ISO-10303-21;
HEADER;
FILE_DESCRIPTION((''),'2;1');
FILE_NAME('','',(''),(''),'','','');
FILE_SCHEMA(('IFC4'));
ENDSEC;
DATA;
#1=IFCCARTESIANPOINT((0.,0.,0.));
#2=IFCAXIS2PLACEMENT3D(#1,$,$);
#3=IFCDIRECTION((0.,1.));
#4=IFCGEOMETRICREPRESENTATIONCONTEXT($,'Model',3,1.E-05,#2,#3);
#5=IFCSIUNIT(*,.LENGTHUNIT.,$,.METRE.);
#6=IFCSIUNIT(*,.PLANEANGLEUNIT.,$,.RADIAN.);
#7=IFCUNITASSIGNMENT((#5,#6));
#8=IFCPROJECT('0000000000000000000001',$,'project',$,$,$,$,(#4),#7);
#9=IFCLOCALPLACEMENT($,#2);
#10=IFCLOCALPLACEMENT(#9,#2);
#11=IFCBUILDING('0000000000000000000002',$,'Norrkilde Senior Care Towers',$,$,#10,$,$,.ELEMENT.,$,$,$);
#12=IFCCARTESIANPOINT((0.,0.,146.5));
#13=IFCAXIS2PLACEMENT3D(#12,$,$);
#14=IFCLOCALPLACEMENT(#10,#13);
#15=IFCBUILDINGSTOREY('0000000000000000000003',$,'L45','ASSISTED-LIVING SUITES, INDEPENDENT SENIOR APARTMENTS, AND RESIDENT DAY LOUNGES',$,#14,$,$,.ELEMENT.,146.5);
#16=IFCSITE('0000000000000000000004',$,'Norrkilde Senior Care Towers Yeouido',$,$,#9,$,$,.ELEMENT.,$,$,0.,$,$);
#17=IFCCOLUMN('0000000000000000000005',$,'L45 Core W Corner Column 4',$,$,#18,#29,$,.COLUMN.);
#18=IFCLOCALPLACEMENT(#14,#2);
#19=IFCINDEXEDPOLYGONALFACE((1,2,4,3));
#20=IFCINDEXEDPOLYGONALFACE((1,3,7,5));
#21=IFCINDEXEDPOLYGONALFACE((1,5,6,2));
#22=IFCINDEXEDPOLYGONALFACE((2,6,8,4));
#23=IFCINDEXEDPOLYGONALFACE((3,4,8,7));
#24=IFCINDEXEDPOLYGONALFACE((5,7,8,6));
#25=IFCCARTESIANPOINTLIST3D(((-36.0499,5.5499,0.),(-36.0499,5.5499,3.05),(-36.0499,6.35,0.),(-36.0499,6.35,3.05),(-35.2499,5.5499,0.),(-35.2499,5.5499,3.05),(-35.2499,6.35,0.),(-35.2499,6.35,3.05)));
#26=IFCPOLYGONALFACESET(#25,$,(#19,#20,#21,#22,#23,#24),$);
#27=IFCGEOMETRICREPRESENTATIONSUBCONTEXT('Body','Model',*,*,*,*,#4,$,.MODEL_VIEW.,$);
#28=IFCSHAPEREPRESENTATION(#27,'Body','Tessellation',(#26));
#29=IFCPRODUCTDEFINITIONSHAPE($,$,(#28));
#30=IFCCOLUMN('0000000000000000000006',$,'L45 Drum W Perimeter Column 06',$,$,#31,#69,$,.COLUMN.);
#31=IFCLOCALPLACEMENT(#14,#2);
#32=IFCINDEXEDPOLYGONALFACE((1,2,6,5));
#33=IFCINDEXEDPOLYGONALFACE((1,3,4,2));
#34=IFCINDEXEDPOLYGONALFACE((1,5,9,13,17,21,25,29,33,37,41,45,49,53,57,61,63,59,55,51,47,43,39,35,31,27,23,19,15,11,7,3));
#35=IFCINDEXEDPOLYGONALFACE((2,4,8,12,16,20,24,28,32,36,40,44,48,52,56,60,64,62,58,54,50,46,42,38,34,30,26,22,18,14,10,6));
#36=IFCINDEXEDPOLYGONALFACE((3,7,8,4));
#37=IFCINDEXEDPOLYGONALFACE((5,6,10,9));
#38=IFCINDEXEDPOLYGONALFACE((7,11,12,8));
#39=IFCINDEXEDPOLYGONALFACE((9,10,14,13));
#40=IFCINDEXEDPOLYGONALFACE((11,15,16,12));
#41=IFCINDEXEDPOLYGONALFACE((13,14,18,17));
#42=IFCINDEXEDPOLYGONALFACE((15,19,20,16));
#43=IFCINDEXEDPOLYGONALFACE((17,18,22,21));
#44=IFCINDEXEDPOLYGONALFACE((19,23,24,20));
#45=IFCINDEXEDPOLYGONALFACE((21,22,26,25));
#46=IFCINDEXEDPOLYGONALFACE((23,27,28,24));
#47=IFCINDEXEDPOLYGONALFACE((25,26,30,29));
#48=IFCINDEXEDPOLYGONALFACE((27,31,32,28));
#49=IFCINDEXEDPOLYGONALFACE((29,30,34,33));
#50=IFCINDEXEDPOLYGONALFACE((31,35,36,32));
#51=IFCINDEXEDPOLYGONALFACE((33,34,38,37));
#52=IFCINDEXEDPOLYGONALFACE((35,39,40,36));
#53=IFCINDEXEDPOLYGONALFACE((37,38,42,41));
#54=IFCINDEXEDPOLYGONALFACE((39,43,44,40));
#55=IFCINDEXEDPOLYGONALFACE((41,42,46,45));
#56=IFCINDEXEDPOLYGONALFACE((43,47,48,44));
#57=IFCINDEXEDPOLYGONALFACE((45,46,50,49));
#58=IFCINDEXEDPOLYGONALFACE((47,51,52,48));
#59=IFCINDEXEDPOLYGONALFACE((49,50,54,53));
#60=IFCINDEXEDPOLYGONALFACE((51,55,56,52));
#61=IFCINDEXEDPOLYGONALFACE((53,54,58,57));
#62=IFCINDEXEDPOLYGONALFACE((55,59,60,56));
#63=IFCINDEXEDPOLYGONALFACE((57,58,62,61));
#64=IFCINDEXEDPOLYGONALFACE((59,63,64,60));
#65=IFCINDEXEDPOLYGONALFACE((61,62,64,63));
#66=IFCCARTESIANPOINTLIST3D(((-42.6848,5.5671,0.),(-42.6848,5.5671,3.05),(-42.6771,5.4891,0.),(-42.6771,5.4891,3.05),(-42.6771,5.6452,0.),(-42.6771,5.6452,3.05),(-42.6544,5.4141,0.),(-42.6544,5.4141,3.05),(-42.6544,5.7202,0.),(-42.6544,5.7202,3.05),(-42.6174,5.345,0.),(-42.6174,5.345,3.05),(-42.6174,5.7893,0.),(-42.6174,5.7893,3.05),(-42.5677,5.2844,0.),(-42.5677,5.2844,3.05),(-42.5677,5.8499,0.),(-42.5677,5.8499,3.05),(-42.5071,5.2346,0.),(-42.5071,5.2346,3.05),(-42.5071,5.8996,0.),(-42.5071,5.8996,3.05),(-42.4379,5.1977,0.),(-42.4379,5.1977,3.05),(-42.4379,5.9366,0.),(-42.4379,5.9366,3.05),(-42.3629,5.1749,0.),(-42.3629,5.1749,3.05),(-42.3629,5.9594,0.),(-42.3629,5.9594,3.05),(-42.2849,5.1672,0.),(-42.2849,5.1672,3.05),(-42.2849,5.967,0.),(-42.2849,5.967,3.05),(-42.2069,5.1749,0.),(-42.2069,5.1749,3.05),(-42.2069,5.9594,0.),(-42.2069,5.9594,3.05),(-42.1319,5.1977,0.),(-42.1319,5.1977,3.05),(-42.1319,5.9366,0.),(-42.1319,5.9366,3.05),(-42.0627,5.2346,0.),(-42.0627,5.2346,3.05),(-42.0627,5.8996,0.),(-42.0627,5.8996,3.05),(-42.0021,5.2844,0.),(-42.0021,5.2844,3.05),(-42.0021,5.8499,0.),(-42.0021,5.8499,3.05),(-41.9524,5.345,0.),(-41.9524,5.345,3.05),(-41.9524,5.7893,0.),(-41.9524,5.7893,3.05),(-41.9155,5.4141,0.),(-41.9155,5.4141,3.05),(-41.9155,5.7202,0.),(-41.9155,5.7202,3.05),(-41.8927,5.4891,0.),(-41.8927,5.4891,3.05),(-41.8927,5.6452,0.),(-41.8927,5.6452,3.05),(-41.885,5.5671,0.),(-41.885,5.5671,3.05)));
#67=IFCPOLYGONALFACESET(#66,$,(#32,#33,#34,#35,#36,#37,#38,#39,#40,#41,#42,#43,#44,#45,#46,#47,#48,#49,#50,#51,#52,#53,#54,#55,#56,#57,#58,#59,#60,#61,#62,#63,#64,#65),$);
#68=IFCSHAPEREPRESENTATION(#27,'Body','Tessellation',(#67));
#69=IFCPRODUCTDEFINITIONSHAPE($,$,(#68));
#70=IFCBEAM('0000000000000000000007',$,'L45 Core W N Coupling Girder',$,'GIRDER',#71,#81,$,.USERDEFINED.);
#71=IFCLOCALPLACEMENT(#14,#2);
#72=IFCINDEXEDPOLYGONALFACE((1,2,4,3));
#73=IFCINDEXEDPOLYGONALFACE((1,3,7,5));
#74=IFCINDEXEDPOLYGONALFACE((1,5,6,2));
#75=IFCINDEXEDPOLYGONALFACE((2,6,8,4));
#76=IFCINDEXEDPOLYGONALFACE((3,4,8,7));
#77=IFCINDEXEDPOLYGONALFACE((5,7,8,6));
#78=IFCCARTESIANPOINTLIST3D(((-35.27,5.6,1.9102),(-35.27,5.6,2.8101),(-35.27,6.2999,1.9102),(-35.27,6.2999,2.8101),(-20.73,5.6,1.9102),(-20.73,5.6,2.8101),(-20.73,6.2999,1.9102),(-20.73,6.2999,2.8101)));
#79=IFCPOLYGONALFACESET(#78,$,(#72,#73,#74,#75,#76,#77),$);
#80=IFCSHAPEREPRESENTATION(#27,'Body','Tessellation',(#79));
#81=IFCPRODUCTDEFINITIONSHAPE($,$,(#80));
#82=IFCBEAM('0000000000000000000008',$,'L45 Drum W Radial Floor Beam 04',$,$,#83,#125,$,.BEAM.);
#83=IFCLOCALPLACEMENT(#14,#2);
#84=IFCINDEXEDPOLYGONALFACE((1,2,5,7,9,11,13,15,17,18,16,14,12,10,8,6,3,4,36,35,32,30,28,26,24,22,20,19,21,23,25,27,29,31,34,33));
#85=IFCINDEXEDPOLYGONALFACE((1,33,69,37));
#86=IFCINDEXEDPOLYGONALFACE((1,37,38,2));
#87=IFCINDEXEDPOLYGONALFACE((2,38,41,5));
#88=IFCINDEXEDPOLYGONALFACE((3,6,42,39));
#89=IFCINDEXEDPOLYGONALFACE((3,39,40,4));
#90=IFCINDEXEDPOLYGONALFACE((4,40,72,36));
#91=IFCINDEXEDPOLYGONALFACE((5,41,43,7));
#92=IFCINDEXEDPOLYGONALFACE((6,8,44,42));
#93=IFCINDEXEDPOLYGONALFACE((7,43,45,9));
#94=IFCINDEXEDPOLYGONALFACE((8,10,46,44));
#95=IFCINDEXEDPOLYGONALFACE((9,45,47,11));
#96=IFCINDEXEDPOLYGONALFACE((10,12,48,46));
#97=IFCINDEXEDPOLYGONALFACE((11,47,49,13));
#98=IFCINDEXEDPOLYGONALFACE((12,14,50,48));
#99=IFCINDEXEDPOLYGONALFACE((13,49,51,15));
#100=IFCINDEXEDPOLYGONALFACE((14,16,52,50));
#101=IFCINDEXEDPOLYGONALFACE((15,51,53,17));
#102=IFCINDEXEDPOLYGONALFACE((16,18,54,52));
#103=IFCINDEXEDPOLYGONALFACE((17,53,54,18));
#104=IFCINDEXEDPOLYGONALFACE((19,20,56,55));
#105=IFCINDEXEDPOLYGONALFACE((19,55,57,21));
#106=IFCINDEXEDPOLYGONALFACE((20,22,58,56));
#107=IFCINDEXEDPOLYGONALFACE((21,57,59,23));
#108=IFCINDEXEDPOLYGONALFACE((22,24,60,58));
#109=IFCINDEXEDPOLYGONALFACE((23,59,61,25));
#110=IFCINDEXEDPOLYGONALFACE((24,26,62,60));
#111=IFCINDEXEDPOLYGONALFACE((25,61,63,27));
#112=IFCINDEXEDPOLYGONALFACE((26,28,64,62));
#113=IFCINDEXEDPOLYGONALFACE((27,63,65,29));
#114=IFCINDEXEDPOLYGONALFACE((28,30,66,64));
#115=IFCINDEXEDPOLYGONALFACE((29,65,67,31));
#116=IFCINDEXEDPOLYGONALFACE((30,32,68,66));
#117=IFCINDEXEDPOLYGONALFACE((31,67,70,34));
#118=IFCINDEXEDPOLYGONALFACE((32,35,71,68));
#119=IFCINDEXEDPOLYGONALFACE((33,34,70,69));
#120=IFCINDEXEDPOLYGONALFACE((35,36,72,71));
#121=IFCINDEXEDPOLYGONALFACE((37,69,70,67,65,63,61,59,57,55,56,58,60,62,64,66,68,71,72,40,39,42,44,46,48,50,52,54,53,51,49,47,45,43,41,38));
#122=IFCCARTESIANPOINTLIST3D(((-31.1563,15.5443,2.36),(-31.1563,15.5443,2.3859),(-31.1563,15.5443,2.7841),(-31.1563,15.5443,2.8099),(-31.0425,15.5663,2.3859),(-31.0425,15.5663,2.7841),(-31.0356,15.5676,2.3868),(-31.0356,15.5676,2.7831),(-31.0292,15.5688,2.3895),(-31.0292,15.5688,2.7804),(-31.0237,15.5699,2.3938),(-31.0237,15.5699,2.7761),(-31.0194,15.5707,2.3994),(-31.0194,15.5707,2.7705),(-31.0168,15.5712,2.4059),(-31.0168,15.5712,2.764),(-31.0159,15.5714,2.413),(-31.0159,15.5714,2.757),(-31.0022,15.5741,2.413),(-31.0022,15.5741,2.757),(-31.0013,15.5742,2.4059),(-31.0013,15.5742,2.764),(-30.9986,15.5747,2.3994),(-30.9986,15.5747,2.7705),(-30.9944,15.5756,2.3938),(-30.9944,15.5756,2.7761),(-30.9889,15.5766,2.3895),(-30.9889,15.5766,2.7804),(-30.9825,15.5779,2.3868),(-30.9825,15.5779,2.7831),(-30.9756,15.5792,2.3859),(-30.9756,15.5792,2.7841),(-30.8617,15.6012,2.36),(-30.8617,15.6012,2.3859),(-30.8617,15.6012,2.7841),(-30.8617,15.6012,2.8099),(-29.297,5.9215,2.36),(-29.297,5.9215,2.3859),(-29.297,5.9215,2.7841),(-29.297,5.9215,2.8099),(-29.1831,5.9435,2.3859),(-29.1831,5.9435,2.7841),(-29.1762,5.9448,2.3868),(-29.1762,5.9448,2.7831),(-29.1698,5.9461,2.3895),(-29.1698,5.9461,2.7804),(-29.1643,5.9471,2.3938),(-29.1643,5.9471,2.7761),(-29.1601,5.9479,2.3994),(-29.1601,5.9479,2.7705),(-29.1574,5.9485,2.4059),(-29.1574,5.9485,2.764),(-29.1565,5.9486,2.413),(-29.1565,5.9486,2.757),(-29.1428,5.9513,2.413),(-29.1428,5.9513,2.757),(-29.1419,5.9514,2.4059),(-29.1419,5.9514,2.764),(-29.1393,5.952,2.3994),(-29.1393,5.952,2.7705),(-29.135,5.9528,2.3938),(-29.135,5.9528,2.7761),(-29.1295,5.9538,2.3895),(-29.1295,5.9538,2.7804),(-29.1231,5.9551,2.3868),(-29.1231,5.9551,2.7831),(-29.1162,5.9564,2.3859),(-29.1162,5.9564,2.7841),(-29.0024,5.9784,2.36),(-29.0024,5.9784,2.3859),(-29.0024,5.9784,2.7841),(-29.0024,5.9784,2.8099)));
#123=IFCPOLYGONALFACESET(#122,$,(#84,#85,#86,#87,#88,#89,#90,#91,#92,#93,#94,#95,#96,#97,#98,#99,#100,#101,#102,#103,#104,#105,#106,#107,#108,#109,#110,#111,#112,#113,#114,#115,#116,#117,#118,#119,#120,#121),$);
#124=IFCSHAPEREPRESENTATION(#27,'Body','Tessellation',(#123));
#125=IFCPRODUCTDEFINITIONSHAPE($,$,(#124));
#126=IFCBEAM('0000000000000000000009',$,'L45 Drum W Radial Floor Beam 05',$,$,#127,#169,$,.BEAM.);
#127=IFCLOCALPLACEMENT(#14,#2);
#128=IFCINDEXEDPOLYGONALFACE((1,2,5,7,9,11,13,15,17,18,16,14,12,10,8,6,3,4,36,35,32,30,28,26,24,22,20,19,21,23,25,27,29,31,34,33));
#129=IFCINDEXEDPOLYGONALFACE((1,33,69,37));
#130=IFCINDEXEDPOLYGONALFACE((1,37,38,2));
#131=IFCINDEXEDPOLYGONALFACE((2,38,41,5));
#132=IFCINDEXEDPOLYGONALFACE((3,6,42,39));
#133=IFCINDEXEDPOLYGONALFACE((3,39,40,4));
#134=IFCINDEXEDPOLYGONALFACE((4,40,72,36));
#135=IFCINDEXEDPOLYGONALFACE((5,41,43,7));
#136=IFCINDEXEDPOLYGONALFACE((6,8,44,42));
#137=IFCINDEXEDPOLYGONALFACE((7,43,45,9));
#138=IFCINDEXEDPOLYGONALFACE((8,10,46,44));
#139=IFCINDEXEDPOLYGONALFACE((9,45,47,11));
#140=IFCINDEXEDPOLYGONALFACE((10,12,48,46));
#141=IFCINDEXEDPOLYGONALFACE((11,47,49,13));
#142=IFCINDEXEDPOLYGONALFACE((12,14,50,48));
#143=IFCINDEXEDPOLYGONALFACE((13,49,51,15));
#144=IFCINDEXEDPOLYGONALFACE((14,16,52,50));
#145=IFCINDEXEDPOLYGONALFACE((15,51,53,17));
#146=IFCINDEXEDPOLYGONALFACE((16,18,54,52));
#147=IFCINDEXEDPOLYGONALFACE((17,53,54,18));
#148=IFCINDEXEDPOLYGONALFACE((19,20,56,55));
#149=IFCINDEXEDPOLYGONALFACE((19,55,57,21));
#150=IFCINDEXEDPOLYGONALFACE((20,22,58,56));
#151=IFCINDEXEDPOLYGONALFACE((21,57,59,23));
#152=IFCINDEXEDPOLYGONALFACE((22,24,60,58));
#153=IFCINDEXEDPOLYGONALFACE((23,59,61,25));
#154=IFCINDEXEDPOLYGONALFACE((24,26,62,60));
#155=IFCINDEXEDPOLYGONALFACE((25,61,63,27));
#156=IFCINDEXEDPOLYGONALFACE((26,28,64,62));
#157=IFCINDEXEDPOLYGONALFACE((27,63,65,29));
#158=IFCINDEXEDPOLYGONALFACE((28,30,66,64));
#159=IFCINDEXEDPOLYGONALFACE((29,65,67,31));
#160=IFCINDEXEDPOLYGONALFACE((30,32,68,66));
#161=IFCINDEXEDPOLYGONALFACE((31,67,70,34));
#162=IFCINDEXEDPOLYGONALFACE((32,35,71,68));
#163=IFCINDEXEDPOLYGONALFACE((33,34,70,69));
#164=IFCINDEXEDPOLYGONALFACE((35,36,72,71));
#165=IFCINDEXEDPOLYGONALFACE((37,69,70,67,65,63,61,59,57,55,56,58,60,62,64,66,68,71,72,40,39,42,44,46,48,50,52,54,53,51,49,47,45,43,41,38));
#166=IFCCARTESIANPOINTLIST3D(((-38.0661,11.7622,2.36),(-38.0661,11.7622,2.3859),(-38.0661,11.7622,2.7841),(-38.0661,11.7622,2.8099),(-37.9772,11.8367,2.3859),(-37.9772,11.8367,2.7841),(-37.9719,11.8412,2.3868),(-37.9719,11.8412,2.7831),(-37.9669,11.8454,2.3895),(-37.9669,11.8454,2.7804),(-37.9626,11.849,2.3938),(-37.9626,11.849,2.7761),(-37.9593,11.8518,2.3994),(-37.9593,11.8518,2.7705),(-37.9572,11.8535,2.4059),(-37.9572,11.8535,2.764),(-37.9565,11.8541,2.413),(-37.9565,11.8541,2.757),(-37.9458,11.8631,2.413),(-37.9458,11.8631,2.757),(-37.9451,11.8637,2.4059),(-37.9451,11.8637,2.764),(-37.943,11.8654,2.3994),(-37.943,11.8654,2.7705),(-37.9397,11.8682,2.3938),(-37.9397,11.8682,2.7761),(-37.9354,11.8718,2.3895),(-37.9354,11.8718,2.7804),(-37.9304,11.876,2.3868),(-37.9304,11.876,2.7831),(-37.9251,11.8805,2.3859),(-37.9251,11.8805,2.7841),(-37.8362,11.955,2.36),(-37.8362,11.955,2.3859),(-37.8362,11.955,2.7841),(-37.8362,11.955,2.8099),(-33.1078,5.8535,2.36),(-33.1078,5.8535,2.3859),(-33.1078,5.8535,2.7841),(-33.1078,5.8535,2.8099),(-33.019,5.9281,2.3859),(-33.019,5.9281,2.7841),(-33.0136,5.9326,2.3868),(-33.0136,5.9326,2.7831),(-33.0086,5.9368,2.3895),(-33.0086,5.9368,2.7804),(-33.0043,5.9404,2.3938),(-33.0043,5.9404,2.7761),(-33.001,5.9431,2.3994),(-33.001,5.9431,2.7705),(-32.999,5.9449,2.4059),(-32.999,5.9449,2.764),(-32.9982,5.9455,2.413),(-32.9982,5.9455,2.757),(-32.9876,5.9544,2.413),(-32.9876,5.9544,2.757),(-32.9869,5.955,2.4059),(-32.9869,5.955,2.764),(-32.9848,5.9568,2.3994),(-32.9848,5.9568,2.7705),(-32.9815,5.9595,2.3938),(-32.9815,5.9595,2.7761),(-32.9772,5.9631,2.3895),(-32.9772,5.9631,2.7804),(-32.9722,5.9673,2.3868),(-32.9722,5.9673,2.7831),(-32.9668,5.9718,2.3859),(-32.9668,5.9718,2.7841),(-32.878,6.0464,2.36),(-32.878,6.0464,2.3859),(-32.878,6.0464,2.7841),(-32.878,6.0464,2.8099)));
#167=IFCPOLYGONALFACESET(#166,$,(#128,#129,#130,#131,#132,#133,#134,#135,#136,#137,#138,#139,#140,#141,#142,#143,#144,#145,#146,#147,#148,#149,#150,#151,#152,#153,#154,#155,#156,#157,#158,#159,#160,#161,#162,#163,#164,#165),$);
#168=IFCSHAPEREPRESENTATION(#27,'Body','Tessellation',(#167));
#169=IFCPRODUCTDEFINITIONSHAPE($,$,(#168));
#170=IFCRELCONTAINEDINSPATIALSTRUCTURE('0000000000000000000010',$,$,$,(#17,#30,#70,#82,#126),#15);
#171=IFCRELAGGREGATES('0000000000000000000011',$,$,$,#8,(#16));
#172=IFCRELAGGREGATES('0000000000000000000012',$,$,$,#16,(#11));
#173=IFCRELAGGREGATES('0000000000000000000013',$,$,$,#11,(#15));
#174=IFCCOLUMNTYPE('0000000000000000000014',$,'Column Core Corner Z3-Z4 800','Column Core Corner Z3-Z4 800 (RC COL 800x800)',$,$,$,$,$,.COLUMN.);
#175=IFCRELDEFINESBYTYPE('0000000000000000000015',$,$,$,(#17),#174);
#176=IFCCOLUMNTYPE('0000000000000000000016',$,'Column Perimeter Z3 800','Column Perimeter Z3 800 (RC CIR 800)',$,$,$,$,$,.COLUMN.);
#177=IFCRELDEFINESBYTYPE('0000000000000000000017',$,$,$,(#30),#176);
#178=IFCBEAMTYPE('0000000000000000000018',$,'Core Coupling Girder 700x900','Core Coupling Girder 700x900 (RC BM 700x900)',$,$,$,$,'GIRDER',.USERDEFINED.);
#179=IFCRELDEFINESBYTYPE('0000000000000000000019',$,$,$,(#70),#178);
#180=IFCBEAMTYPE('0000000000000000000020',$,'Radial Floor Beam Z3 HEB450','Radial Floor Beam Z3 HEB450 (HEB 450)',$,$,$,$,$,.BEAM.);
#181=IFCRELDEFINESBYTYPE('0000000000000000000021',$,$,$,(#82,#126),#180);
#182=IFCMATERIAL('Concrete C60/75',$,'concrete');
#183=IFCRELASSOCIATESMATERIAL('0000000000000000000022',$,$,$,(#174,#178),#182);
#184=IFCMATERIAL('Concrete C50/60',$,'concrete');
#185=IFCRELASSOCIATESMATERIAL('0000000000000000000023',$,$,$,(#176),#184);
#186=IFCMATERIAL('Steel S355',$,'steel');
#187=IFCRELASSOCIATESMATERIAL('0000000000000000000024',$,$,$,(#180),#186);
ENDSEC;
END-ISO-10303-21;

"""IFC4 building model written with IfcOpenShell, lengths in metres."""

from ifc_helpers import new_model, si_unit, direction, frame, origin, origin_2d, place, context, subcontext, project, spatial, rectangle, circle, i_section, extrude, source, transform, mapped, material, material_profile, profile_set, type_object, type_shapes, element, save


model = new_model("IFC4")

# Units and contexts
model_context = context("Model", 3, precision=1e-05, world=origin(), true_north=direction((0.0, 1.0)))
body_context = subcontext(model_context, "Body", "Model", "MODEL_VIEW")
ifc_project = project(units=[si_unit("LENGTHUNIT", "METRE"), si_unit("PLANEANGLEUNIT", "RADIAN")], contexts=[model_context])

# Site, building, storey
site_placement = place(None, origin())
site = spatial("IfcSite", under=ifc_project, at=site_placement, Name="Norrkilde Senior Care Towers Yeouido", CompositionType="ELEMENT", RefElevation=0.0)
building_placement = place(site_placement, origin())
building = spatial("IfcBuilding", under=site, at=building_placement, Name="Norrkilde Senior Care Towers", CompositionType="ELEMENT")
storey_placement = place(building_placement, frame((0.0, 0.0, 146.5)))
storey = spatial("IfcBuildingStorey", under=building, at=storey_placement, Name="L45", Description="ASSISTED-LIVING SUITES, INDEPENDENT SENIOR APARTMENTS, AND RESIDENT DAY LOUNGES", CompositionType="ELEMENT", Elevation=146.5)

# Columns
ifc_material_1 = material(Name="Concrete C60/75", Category="concrete")
ifc_material_profile_1 = material_profile(ifc_material_1, rectangle(XDim=0.8, YDim=0.8, at=origin_2d()), Name="RC COL 800x800")
ifc_profile_set_1 = profile_set([ifc_material_profile_1], Name="Concrete C60/75")
column_type_1 = type_object("IfcColumnType", Name="Column Core Corner Z3-Z4 800", Description="Column Core Corner Z3-Z4 800 (RC COL 800x800)", PredefinedType="COLUMN", material=ifc_profile_set_1)
shared_shape_1 = source(origin(), body_context, "Body", "SweptSolid", [
    extrude(rectangle(XDim=0.8, YDim=0.8, at=origin_2d()), origin(), (0.0, 0.0, 1.0), 3.05),
])
type_shapes(column_type_1, [shared_shape_1])
column_1_placement = place(storey_placement, frame((-35.6499, 5.95, 0.0), z_axis=(0.0, 0.0, 1.0), x_axis=(1.0, 0.0, 0.0)))
element("IfcColumn", 1, at=column_1_placement, inside=storey, type_object=column_type_1, Name="L45 Core W Corner Column 4", PredefinedType="COLUMN", context=body_context, shape_type="MappedRepresentation", body=[
    mapped(shared_shape_1, transform((0.0, 0.0, 0.0), x_axis=(1.0, 0.0, 0.0), y_axis=(0.0, 1.0, 0.0), z_axis=(0.0, 0.0, 1.0), scale=1.0)),
])
ifc_material_2 = material(Name="Concrete C50/60", Category="concrete")
ifc_material_profile_2 = material_profile(ifc_material_2, circle(Radius=0.3999, at=origin_2d()), Name="RC CIR 800")
ifc_profile_set_2 = profile_set([ifc_material_profile_2], Name="Concrete C50/60")
column_type_2 = type_object("IfcColumnType", Name="Column Perimeter Z3 800", Description="Column Perimeter Z3 800 (RC CIR 800)", PredefinedType="COLUMN", material=ifc_profile_set_2)
shared_shape_2 = source(origin(), body_context, "Body", "SweptSolid", [
    extrude(circle(Radius=0.3999, at=origin_2d()), origin(), (0.0, 0.0, 1.0), 3.05),
])
type_shapes(column_type_2, [shared_shape_2])
column_2_placement = place(storey_placement, frame((-42.2849, 5.5671, 0.0), z_axis=(0.0, 0.0, 1.0), x_axis=(1.0, 0.0, 0.0)))
element("IfcColumn", 2, at=column_2_placement, inside=storey, type_object=column_type_2, Name="L45 Drum W Perimeter Column 06", PredefinedType="COLUMN", context=body_context, shape_type="MappedRepresentation", body=[
    mapped(shared_shape_2, transform((0.0, 0.0, 0.0), x_axis=(1.0, 0.0, 0.0), y_axis=(0.0, 1.0, 0.0), z_axis=(0.0, 0.0, 1.0), scale=1.0)),
])

# Beams
ifc_material_profile_3 = material_profile(ifc_material_1, rectangle(XDim=0.7, YDim=0.8999, at=origin_2d()), Name="RC BM 700x900")
ifc_profile_set_3 = profile_set([ifc_material_profile_3], Name="Concrete C60/75")
beam_type_1 = type_object("IfcBeamType", Name="Core Coupling Girder 700x900", Description="Core Coupling Girder 700x900 (RC BM 700x900)", ElementType="GIRDER", PredefinedType="USERDEFINED", material=ifc_profile_set_3)
shared_shape_3 = source(origin(), body_context, "Body", "SweptSolid", [
    extrude(rectangle(XDim=0.7, YDim=0.8999, at=origin_2d()), origin(), (0.0, 0.0, 1.0), 14.54),
])
type_shapes(beam_type_1, [shared_shape_3])
beam_1_placement = place(storey_placement, frame((-35.27, 5.95, 2.3601), z_axis=(1.0, 0.0, 0.0), x_axis=(0.0, 1.0, 0.0)))
element("IfcBeam", 3, at=beam_1_placement, inside=storey, type_object=beam_type_1, Name="L45 Core W N Coupling Girder", ObjectType="GIRDER", PredefinedType="USERDEFINED", context=body_context, shape_type="MappedRepresentation", body=[
    mapped(shared_shape_3, transform((0.0, 0.0, 0.0), x_axis=(1.0, 0.0, 0.0), y_axis=(0.0, 1.0, 0.0), z_axis=(0.0, 0.0, 1.0), scale=1.0)),
])
ifc_material_3 = material(Name="Steel S355", Category="steel")
ifc_material_profile_4 = material_profile(ifc_material_3, i_section(OverallWidth=0.3, OverallDepth=0.45, WebThickness=0.0139, FlangeThickness=0.0259, FilletRadius=0.0271, at=origin_2d()), Name="HEB 450")
ifc_profile_set_4 = profile_set([ifc_material_profile_4], Name="Steel S355")
beam_type_2 = type_object("IfcBeamType", Name="Radial Floor Beam Z3 HEB450", Description="Radial Floor Beam Z3 HEB450 (HEB 450)", PredefinedType="BEAM", material=ifc_profile_set_4)
shared_shape_4 = source(origin(), body_context, "Body", "SweptSolid", [
    extrude(i_section(OverallWidth=0.3, OverallDepth=0.45, WebThickness=0.0139, FlangeThickness=0.0259, FilletRadius=0.0271, at=origin_2d()), origin(), (0.0, 0.0, 1.0), 9.8008),
])
beam_2_placement = place(storey_placement, frame((-29.1497, 5.95, 2.585), z_axis=(-0.189717, 0.981839, 0.0), x_axis=(-0.981839, -0.189717, 0.0)))
element("IfcBeam", 4, at=beam_2_placement, inside=storey, type_object=beam_type_2, Name="L45 Drum W Radial Floor Beam 04", PredefinedType="BEAM", context=body_context, shape_type="MappedRepresentation", body=[
    mapped(shared_shape_4, transform((0.0, 0.0, 0.0), x_axis=(1.0, 0.0, 0.0), y_axis=(0.0, 1.0, 0.0), z_axis=(0.0, 0.0, 1.0), scale=1.0)),
])
shared_shape_5 = source(origin(), body_context, "Body", "SweptSolid", [
    extrude(i_section(OverallWidth=0.3, OverallDepth=0.45, WebThickness=0.0139, FlangeThickness=0.0259, FilletRadius=0.0271, at=origin_2d()), origin(), (0.0, 0.0, 1.0), 7.7134),
])
beam_3_placement = place(storey_placement, frame((-32.9929, 5.95, 2.585), z_axis=(-0.642808, 0.766027, 0.0), x_axis=(-0.766027, -0.642808, 0.0)))
element("IfcBeam", 5, at=beam_3_placement, inside=storey, type_object=beam_type_2, Name="L45 Drum W Radial Floor Beam 05", PredefinedType="BEAM", context=body_context, shape_type="MappedRepresentation", body=[
    mapped(shared_shape_5, transform((0.0, 0.0, 0.0), x_axis=(1.0, 0.0, 0.0), y_axis=(0.0, 1.0, 0.0), z_axis=(0.0, 0.0, 1.0), scale=1.0)),
])

save(model, "model.ifc")
